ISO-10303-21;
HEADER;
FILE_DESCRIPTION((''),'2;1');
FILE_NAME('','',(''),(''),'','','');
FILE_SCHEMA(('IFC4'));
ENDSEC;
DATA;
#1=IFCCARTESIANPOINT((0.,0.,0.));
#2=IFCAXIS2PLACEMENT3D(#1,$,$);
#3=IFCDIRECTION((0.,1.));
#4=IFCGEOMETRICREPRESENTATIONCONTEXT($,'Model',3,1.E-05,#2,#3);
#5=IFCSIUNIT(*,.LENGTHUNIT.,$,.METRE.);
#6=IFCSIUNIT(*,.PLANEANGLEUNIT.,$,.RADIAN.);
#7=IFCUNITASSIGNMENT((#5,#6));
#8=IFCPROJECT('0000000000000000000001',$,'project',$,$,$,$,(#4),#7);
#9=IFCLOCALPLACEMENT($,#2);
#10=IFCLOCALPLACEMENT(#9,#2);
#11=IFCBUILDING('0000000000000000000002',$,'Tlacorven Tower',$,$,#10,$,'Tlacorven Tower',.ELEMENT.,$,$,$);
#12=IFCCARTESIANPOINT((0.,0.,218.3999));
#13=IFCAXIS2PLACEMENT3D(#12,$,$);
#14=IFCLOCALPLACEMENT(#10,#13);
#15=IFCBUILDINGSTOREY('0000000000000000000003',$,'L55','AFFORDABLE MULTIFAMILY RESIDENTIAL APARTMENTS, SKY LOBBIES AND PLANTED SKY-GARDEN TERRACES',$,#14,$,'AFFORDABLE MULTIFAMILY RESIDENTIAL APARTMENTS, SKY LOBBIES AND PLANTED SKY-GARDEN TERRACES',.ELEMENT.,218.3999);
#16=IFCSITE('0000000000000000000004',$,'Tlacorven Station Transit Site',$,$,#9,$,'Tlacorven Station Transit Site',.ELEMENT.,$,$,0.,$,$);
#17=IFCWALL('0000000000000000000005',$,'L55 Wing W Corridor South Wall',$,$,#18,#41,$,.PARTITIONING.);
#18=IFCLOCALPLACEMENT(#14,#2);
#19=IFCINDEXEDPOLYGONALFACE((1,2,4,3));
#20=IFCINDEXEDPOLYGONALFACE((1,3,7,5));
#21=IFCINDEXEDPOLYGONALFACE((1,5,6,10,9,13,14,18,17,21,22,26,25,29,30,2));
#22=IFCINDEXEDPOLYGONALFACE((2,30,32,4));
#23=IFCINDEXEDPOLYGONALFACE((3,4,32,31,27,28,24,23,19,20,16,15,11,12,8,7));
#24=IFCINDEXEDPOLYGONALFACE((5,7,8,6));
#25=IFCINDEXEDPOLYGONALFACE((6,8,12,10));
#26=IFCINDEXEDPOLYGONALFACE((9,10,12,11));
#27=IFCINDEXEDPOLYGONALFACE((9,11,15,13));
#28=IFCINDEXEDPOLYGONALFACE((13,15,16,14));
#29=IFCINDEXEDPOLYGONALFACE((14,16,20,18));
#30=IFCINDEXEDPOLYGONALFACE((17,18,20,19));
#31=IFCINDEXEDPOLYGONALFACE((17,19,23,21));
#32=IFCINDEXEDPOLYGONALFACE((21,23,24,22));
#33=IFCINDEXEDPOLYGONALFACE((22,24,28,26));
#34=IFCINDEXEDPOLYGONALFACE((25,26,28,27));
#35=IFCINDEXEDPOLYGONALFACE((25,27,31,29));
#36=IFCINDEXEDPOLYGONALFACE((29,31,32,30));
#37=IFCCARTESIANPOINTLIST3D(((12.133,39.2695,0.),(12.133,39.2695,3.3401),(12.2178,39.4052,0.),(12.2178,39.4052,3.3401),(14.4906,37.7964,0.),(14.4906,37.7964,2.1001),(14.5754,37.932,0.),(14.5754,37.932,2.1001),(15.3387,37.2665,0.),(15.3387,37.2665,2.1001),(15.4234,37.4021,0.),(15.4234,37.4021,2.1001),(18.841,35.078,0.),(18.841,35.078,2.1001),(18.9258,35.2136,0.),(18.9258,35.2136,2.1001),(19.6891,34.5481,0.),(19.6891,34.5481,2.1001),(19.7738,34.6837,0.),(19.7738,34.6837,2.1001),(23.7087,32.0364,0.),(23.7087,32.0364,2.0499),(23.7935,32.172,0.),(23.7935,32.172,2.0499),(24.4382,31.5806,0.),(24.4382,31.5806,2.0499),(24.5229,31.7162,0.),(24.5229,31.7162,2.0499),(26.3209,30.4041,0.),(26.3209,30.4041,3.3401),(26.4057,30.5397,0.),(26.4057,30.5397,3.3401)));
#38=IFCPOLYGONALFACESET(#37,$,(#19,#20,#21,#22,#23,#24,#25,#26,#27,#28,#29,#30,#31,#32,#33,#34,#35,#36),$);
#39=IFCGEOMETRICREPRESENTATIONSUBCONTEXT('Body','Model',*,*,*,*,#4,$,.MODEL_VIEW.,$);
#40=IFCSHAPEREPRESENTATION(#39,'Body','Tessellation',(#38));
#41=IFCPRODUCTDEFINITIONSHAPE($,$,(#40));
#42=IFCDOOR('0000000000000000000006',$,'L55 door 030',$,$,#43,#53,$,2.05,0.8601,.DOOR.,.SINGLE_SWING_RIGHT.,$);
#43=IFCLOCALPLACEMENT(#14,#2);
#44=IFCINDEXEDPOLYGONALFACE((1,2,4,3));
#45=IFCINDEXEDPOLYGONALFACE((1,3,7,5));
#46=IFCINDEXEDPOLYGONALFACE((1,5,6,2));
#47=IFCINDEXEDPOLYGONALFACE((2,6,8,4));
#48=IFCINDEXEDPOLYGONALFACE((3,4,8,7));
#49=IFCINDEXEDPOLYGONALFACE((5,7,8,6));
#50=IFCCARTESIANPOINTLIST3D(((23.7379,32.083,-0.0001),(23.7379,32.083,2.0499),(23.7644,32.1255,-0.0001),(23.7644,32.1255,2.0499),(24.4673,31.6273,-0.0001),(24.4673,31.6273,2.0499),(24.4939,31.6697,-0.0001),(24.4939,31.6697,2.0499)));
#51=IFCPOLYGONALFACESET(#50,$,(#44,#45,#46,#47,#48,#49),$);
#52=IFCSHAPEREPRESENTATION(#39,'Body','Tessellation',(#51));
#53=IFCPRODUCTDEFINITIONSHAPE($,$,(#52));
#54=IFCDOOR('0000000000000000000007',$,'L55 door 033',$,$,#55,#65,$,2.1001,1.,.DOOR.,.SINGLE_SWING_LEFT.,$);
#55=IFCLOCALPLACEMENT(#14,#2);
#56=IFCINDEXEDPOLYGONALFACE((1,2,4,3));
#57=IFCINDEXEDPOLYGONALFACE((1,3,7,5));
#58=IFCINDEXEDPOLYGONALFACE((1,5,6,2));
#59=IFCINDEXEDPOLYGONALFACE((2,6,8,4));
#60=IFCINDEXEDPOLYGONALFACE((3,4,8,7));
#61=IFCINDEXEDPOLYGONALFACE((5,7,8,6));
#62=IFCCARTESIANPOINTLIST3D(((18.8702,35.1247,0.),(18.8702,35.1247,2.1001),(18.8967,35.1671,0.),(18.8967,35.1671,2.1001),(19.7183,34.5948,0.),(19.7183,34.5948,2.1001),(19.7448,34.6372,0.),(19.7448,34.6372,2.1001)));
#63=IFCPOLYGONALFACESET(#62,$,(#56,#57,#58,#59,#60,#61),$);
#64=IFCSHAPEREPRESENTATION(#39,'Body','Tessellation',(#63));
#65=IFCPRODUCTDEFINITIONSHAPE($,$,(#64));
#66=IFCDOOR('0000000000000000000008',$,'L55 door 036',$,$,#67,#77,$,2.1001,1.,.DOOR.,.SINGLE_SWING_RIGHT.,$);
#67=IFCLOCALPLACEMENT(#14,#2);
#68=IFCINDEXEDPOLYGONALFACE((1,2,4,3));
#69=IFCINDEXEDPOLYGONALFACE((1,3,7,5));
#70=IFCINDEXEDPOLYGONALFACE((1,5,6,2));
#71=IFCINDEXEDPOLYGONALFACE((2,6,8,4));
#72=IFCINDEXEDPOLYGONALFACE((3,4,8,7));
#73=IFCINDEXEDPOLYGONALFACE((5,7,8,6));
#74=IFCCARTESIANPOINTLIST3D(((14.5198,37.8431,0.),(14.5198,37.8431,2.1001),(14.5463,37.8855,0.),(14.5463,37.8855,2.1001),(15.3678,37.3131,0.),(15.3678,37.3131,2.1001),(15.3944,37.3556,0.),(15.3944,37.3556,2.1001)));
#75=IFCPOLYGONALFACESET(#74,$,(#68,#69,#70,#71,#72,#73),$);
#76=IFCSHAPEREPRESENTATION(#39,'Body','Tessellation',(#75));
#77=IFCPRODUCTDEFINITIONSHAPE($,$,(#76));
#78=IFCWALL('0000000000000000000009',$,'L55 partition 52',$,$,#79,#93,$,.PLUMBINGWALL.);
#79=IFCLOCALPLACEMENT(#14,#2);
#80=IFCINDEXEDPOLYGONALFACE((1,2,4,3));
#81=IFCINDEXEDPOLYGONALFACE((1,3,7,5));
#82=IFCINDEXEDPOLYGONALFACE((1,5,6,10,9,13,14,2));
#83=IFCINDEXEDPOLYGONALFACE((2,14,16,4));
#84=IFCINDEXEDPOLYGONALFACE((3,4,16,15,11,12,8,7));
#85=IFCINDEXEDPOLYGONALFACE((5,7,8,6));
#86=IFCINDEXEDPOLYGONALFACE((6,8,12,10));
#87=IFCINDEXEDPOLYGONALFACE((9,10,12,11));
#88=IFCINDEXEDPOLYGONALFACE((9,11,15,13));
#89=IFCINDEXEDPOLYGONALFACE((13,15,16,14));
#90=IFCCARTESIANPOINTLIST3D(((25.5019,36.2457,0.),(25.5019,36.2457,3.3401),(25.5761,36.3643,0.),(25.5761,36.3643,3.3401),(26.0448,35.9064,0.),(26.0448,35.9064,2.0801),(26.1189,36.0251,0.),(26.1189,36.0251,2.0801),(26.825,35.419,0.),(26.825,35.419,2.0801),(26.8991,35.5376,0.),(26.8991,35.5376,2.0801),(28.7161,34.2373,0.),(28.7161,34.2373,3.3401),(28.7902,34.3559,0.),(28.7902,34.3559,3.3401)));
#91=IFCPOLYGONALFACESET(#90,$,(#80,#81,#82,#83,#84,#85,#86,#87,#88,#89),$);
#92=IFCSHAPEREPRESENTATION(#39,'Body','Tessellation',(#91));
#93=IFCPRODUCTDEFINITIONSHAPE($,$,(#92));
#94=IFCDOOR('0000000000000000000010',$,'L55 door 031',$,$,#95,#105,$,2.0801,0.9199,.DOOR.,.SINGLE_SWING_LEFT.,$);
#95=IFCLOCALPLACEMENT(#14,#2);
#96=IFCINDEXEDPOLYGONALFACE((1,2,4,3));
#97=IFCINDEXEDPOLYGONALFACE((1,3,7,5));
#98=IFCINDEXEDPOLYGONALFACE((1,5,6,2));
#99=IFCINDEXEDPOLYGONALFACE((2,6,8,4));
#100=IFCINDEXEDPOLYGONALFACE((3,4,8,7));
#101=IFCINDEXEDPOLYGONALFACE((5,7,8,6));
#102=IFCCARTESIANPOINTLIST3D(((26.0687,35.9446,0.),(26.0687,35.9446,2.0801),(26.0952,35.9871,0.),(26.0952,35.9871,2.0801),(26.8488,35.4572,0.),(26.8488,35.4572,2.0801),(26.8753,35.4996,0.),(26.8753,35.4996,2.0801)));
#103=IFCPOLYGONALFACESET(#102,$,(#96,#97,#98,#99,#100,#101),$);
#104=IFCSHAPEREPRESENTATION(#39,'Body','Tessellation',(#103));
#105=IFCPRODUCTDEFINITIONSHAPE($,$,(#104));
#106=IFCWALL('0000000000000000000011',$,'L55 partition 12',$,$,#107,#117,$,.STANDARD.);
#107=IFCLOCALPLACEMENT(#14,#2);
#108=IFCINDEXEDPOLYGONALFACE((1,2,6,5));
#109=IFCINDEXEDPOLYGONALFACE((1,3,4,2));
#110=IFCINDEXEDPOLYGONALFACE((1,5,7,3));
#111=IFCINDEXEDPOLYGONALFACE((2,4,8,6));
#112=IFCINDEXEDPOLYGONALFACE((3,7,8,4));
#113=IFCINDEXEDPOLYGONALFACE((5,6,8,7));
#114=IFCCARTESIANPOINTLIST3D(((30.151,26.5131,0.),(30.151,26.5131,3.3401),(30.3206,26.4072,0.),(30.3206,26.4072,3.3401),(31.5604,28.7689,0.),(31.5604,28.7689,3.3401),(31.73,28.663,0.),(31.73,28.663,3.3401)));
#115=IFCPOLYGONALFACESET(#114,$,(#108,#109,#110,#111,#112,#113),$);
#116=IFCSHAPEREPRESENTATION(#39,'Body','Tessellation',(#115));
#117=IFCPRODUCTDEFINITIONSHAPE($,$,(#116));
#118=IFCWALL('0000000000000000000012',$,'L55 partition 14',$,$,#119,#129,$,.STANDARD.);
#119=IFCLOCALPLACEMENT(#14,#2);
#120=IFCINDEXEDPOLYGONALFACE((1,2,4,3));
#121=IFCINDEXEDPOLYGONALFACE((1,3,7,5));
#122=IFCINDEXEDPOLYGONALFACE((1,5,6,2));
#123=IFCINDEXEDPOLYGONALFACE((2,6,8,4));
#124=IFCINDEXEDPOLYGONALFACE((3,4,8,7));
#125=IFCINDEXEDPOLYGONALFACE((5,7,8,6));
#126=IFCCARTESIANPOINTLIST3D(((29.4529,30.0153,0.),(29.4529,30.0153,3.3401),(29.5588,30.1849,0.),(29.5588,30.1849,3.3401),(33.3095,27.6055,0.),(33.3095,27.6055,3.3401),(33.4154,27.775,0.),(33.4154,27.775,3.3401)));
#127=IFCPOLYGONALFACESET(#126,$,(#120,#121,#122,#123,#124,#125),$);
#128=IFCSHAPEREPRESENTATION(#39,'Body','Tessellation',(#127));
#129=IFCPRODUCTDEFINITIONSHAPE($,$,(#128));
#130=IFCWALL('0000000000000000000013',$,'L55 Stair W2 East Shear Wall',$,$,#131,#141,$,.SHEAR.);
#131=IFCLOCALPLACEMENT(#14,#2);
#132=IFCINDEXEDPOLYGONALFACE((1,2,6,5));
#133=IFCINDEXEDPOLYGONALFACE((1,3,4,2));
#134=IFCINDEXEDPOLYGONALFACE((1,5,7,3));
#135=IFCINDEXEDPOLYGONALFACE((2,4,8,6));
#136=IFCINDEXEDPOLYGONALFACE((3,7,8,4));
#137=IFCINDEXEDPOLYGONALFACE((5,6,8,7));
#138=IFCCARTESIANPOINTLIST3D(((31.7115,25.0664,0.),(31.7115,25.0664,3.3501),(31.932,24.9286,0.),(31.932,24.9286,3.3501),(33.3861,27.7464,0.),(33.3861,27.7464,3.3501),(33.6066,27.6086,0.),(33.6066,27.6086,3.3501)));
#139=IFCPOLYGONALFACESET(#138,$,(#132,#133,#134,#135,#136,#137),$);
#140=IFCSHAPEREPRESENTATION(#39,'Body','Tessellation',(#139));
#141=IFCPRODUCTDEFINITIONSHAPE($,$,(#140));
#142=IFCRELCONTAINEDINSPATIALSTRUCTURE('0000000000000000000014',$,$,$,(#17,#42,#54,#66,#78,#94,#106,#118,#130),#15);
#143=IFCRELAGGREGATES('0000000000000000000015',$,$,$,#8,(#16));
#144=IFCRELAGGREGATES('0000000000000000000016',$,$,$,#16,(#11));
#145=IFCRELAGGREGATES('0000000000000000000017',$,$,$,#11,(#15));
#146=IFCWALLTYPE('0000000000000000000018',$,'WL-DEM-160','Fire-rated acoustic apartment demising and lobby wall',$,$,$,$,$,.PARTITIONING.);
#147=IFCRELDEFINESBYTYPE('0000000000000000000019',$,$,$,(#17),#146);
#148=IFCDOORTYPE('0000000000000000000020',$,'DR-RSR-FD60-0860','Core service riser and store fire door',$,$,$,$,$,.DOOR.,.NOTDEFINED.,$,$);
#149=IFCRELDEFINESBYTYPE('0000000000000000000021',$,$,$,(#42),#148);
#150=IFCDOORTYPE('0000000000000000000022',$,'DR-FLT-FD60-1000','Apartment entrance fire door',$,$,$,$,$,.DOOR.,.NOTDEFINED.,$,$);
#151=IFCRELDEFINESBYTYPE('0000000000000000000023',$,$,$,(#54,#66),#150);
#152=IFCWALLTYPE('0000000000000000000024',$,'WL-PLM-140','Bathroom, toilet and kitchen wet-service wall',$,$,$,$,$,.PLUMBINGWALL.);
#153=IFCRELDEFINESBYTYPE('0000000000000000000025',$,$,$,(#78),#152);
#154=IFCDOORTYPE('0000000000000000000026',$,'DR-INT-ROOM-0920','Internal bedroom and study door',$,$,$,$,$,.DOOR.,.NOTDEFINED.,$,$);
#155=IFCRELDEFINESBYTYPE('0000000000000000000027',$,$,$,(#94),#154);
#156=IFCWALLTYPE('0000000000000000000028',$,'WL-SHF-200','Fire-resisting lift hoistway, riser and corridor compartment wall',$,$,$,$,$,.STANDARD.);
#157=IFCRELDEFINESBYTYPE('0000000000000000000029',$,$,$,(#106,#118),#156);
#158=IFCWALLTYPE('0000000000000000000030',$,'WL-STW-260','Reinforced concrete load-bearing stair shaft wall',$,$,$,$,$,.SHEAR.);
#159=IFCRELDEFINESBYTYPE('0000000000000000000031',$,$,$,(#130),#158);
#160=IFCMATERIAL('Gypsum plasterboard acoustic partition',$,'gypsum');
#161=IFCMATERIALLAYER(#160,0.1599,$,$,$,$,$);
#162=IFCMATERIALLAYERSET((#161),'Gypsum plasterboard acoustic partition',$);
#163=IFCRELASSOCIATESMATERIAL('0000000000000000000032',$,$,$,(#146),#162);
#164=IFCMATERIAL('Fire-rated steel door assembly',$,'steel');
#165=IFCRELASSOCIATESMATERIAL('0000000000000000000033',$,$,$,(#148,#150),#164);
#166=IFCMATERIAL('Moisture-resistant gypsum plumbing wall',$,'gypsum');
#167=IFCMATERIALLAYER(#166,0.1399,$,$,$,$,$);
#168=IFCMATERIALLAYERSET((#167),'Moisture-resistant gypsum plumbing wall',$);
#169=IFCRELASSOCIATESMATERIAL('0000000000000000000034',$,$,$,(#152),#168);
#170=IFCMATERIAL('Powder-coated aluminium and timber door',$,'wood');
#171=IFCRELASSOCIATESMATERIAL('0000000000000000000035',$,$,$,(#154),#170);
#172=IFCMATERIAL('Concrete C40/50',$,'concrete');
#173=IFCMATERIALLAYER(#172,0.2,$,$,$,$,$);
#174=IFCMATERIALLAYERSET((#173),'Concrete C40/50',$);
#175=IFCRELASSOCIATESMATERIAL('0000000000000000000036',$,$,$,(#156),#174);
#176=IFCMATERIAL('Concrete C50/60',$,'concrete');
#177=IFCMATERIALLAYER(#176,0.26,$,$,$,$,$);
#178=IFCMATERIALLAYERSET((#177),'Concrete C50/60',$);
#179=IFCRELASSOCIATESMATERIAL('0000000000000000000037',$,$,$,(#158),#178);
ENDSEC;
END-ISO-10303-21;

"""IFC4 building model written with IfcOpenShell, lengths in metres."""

from ifc_helpers import new_model, si_unit, direction, frame, frame_2d, origin, place, context, subcontext, project, spatial, rectangle, extrude, source, transform, mapped, material, layer, layer_set, type_object, element, fill, save


model = new_model("IFC4")

# Units and contexts
model_context = context("Model", 3, precision=1e-05, world=origin(), true_north=direction((0.0, 1.0)))
body_context = subcontext(model_context, "Body", "Model", "MODEL_VIEW")
ifc_project = project(units=[si_unit("LENGTHUNIT", "METRE"), si_unit("PLANEANGLEUNIT", "RADIAN")], contexts=[model_context])

# Site, building, storey
site_placement = place(None, origin())
site = spatial("IfcSite", under=ifc_project, at=site_placement, Name="Tlacorven Station Transit Site", LongName="Tlacorven Station Transit Site", CompositionType="ELEMENT", RefElevation=0.0)
building_placement = place(site_placement, origin())
building = spatial("IfcBuilding", under=site, at=building_placement, Name="Tlacorven Tower", LongName="Tlacorven Tower", CompositionType="ELEMENT")
storey_placement = place(building_placement, frame((0.0, 0.0, 218.3999)))
storey = spatial("IfcBuildingStorey", under=building, at=storey_placement, Name="L55", Description="AFFORDABLE MULTIFAMILY RESIDENTIAL APARTMENTS, SKY LOBBIES AND PLANTED SKY-GARDEN TERRACES", LongName="AFFORDABLE MULTIFAMILY RESIDENTIAL APARTMENTS, SKY LOBBIES AND PLANTED SKY-GARDEN TERRACES", CompositionType="ELEMENT", Elevation=218.3999)

# Shared definitions
ifc_material_1 = material(Name="Concrete C50/60", Category="concrete")
ifc_material_2 = material(Name="Gypsum plasterboard acoustic partition", Category="gypsum")
ifc_layer_1 = layer(ifc_material_2, 0.1599)
ifc_layer_set_1 = layer_set([ifc_layer_1], Name="Gypsum plasterboard acoustic partition")
wall_type_1 = type_object("IfcWallType", Name="WL-DEM-160", Description="Fire-rated acoustic apartment demising and lobby wall", PredefinedType="PARTITIONING", material=ifc_layer_set_1)

# Wall, openings, doors
wall_1_placement = place(storey_placement, frame((26.3633, 30.4719, 0.0), z_axis=(0.0, 0.0, 1.0), x_axis=(-0.848052, 0.529912, 0.0)))
wall_1 = element("IfcWall", 1, at=wall_1_placement, inside=storey, type_object=wall_type_1, Name="L55 Wing W Corridor South Wall", PredefinedType="PARTITIONING", context=body_context, shape_type="SweptSolid", body=[
    extrude(rectangle(XDim=16.73, YDim=0.1599, at=frame_2d((8.365, 0.0))), origin(), (0.0, 0.0, 1.0), 3.3401),
])
opening_1_placement = place(wall_1_placement, frame((2.22, 0.0, 0.0)))
opening_1 = element("IfcOpeningElement", 2, at=opening_1_placement, cuts=wall_1, PredefinedType="OPENING", context=body_context, shape_type="SweptSolid", body=[
    extrude(rectangle(XDim=0.8601, YDim=2.05, at=frame_2d((0.4302, 1.0249))), frame((0.0, 0.0898, 0.0), z_axis=(0.0, -1.0, 0.0), x_axis=(1.0, 0.0, 0.0)), (0.0, 0.0, 1.0), 0.1799),
])
opening_2_placement = place(wall_1_placement, frame((7.8201, 0.0, 0.0)))
opening_2 = element("IfcOpeningElement", 3, at=opening_2_placement, cuts=wall_1, PredefinedType="OPENING", context=body_context, shape_type="SweptSolid", body=[
    extrude(rectangle(XDim=1.0, YDim=2.1001, at=frame_2d((0.5, 1.05))), frame((0.0, 0.0898, 0.0), z_axis=(0.0, -1.0, 0.0), x_axis=(1.0, 0.0, 0.0)), (0.0, 0.0, 1.0), 0.1799),
])
opening_3_placement = place(wall_1_placement, frame((12.95, 0.0, 0.0)))
opening_3 = element("IfcOpeningElement", 4, at=opening_3_placement, cuts=wall_1, PredefinedType="OPENING", context=body_context, shape_type="SweptSolid", body=[
    extrude(rectangle(XDim=1.0, YDim=2.1001, at=frame_2d((0.5, 1.05))), frame((0.0, 0.0898, 0.0), z_axis=(0.0, -1.0, 0.0), x_axis=(1.0, 0.0, 0.0)), (0.0, 0.0, 1.0), 0.1799),
])
ifc_material_3 = material(Name="Fire-rated steel door assembly", Category="steel")
door_type_1 = type_object("IfcDoorType", Name="DR-RSR-FD60-0860", Description="Core service riser and store fire door", OperationType="NOTDEFINED", PredefinedType="DOOR", material=ifc_material_3)
shared_shape_1 = source(origin(), body_context, "Body", "SweptSolid", [
    extrude(rectangle(XDim=0.8601, YDim=2.05, at=frame_2d((0.4302, 1.0249))), frame((0.0, 0.0249, 0.0), z_axis=(0.0, -1.0, 0.0), x_axis=(1.0, 0.0, 0.0)), (0.0, 0.0, 1.0), 0.05),
])
door_1_placement = place(opening_1_placement, origin())
door_1 = element("IfcDoor", 5, at=door_1_placement, inside=storey, type_object=door_type_1, Name="L55 door 030", OperationType="SINGLE_SWING_RIGHT", OverallHeight=2.05, OverallWidth=0.8601, PredefinedType="DOOR", context=body_context, shape_type="MappedRepresentation", body=[
    mapped(shared_shape_1, transform((0.0, 0.0, 0.0), scale=1.0)),
])
fill(opening_1, door_1)
door_type_2 = type_object("IfcDoorType", Name="DR-FLT-FD60-1000", Description="Apartment entrance fire door", OperationType="NOTDEFINED", PredefinedType="DOOR", material=ifc_material_3)
shared_shape_2 = source(origin(), body_context, "Body", "SweptSolid", [
    extrude(rectangle(XDim=1.0, YDim=2.1001, at=frame_2d((0.5, 1.05))), frame((0.0, 0.0249, 0.0), z_axis=(0.0, -1.0, 0.0), x_axis=(1.0, 0.0, 0.0)), (0.0, 0.0, 1.0), 0.05),
])
door_2_placement = place(opening_2_placement, origin())
door_2 = element("IfcDoor", 6, at=door_2_placement, inside=storey, type_object=door_type_2, Name="L55 door 033", OperationType="SINGLE_SWING_LEFT", OverallHeight=2.1001, OverallWidth=1.0, PredefinedType="DOOR", context=body_context, shape_type="MappedRepresentation", body=[
    mapped(shared_shape_2, transform((0.0, 0.0, 0.0), scale=1.0)),
])
fill(opening_2, door_2)
door_3_placement = place(opening_3_placement, origin())
door_3 = element("IfcDoor", 7, at=door_3_placement, inside=storey, type_object=door_type_2, Name="L55 door 036", OperationType="SINGLE_SWING_RIGHT", OverallHeight=2.1001, OverallWidth=1.0, PredefinedType="DOOR", context=body_context, shape_type="MappedRepresentation", body=[
    mapped(shared_shape_2, transform((0.0, 0.0, 0.0), scale=1.0)),
])
fill(opening_3, door_3)

# Wall, opening, door
ifc_material_4 = material(Name="Moisture-resistant gypsum plumbing wall", Category="gypsum")
ifc_layer_2 = layer(ifc_material_4, 0.1399)
ifc_layer_set_2 = layer_set([ifc_layer_2], Name="Moisture-resistant gypsum plumbing wall")
wall_type_2 = type_object("IfcWallType", Name="WL-PLM-140", Description="Bathroom, toilet and kitchen wet-service wall", PredefinedType="PLUMBINGWALL", material=ifc_layer_set_2)
wall_2_placement = place(storey_placement, frame((28.7532, 34.2966, 0.0), z_axis=(0.0, 0.0, 1.0), x_axis=(-0.84806, 0.529901, 0.0)))
wall_2 = element("IfcWall", 8, at=wall_2_placement, inside=storey, type_object=wall_type_2, Name="L55 partition 52", PredefinedType="PLUMBINGWALL", context=body_context, shape_type="SweptSolid", body=[
    extrude(rectangle(XDim=3.79, YDim=0.1399, at=frame_2d((1.895, 0.0))), origin(), (0.0, 0.0, 1.0), 3.3401),
])
opening_4_placement = place(wall_2_placement, frame((2.23, 0.0, 0.0)))
opening_4 = element("IfcOpeningElement", 9, at=opening_4_placement, cuts=wall_2, PredefinedType="OPENING", context=body_context, shape_type="SweptSolid", body=[
    extrude(rectangle(XDim=0.9199, YDim=2.0801, at=frame_2d((0.46, 1.04))), frame((0.0, 0.0801, 0.0), z_axis=(0.0, -1.0, 0.0), x_axis=(1.0, 0.0, 0.0)), (0.0, 0.0, 1.0), 0.1599),
])
ifc_material_5 = material(Name="Powder-coated aluminium and timber door", Category="wood")
door_type_3 = type_object("IfcDoorType", Name="DR-INT-ROOM-0920", Description="Internal bedroom and study door", OperationType="NOTDEFINED", PredefinedType="DOOR", material=ifc_material_5)
shared_shape_3 = source(origin(), body_context, "Body", "SweptSolid", [
    extrude(rectangle(XDim=0.9199, YDim=2.0801, at=frame_2d((0.46, 1.04))), frame((0.0, 0.0249, 0.0), z_axis=(0.0, -1.0, 0.0), x_axis=(1.0, 0.0, 0.0)), (0.0, 0.0, 1.0), 0.05),
])
door_4_placement = place(opening_4_placement, origin())
door_4 = element("IfcDoor", 10, at=door_4_placement, inside=storey, type_object=door_type_3, Name="L55 door 031", OperationType="SINGLE_SWING_LEFT", OverallHeight=2.0801, OverallWidth=0.9199, PredefinedType="DOOR", context=body_context, shape_type="MappedRepresentation", body=[
    mapped(shared_shape_3, transform((0.0, 0.0, 0.0), scale=1.0)),
])
fill(opening_4, door_4)

# Walls
ifc_material_6 = material(Name="Concrete C40/50", Category="concrete")
ifc_layer_3 = layer(ifc_material_6, 0.2)
ifc_layer_set_3 = layer_set([ifc_layer_3], Name="Concrete C40/50")
wall_type_3 = type_object("IfcWallType", Name="WL-SHF-200", Description="Fire-resisting lift hoistway, riser and corridor compartment wall", PredefinedType="STANDARD", material=ifc_layer_set_3)
wall_3_placement = place(storey_placement, frame((31.6453, 28.7161, 0.0), z_axis=(0.0, 0.0, 1.0), x_axis=(-0.529867, -0.848081, 0.0)))
element("IfcWall", 11, at=wall_3_placement, inside=storey, type_object=wall_type_3, Name="L55 partition 12", PredefinedType="STANDARD", context=body_context, shape_type="SweptSolid", body=[
    extrude(rectangle(XDim=2.6599, YDim=0.2, at=frame_2d((1.3301, 0.0))), origin(), (0.0, 0.0, 1.0), 3.3401),
])
wall_4_placement = place(storey_placement, frame((33.3625, 27.6902, 0.0), z_axis=(0.0, 0.0, 1.0), x_axis=(-0.84805, 0.529917, 0.0)))
element("IfcWall", 12, at=wall_4_placement, inside=storey, type_object=wall_type_3, Name="L55 partition 14", PredefinedType="STANDARD", context=body_context, shape_type="SweptSolid", body=[
    extrude(rectangle(XDim=4.5476, YDim=0.2, at=frame_2d((2.2739, 0.0))), origin(), (0.0, 0.0, 1.0), 3.3401),
])

# Wall
ifc_layer_4 = layer(ifc_material_1, 0.26)
ifc_layer_set_4 = layer_set([ifc_layer_4], Name="Concrete C50/60")
wall_type_4 = type_object("IfcWallType", Name="WL-STW-260", Description="Reinforced concrete load-bearing stair shaft wall", PredefinedType="SHEAR", material=ifc_layer_set_4)
wall_5_placement = place(storey_placement, frame((33.4963, 27.6775, 0.0), z_axis=(0.0, 0.0, 1.0), x_axis=(-0.529909, -0.848055, 0.0)))
element("IfcWall", 13, at=wall_5_placement, inside=storey, type_object=wall_type_4, Name="L55 Stair W2 East Shear Wall", PredefinedType="SHEAR", context=body_context, shape_type="SweptSolid", body=[
    extrude(rectangle(XDim=3.1602, YDim=0.26, at=frame_2d((1.5801, 0.0))), origin(), (0.0, 0.0, 1.0), 3.3501),
])

save(model, "model.ifc")
